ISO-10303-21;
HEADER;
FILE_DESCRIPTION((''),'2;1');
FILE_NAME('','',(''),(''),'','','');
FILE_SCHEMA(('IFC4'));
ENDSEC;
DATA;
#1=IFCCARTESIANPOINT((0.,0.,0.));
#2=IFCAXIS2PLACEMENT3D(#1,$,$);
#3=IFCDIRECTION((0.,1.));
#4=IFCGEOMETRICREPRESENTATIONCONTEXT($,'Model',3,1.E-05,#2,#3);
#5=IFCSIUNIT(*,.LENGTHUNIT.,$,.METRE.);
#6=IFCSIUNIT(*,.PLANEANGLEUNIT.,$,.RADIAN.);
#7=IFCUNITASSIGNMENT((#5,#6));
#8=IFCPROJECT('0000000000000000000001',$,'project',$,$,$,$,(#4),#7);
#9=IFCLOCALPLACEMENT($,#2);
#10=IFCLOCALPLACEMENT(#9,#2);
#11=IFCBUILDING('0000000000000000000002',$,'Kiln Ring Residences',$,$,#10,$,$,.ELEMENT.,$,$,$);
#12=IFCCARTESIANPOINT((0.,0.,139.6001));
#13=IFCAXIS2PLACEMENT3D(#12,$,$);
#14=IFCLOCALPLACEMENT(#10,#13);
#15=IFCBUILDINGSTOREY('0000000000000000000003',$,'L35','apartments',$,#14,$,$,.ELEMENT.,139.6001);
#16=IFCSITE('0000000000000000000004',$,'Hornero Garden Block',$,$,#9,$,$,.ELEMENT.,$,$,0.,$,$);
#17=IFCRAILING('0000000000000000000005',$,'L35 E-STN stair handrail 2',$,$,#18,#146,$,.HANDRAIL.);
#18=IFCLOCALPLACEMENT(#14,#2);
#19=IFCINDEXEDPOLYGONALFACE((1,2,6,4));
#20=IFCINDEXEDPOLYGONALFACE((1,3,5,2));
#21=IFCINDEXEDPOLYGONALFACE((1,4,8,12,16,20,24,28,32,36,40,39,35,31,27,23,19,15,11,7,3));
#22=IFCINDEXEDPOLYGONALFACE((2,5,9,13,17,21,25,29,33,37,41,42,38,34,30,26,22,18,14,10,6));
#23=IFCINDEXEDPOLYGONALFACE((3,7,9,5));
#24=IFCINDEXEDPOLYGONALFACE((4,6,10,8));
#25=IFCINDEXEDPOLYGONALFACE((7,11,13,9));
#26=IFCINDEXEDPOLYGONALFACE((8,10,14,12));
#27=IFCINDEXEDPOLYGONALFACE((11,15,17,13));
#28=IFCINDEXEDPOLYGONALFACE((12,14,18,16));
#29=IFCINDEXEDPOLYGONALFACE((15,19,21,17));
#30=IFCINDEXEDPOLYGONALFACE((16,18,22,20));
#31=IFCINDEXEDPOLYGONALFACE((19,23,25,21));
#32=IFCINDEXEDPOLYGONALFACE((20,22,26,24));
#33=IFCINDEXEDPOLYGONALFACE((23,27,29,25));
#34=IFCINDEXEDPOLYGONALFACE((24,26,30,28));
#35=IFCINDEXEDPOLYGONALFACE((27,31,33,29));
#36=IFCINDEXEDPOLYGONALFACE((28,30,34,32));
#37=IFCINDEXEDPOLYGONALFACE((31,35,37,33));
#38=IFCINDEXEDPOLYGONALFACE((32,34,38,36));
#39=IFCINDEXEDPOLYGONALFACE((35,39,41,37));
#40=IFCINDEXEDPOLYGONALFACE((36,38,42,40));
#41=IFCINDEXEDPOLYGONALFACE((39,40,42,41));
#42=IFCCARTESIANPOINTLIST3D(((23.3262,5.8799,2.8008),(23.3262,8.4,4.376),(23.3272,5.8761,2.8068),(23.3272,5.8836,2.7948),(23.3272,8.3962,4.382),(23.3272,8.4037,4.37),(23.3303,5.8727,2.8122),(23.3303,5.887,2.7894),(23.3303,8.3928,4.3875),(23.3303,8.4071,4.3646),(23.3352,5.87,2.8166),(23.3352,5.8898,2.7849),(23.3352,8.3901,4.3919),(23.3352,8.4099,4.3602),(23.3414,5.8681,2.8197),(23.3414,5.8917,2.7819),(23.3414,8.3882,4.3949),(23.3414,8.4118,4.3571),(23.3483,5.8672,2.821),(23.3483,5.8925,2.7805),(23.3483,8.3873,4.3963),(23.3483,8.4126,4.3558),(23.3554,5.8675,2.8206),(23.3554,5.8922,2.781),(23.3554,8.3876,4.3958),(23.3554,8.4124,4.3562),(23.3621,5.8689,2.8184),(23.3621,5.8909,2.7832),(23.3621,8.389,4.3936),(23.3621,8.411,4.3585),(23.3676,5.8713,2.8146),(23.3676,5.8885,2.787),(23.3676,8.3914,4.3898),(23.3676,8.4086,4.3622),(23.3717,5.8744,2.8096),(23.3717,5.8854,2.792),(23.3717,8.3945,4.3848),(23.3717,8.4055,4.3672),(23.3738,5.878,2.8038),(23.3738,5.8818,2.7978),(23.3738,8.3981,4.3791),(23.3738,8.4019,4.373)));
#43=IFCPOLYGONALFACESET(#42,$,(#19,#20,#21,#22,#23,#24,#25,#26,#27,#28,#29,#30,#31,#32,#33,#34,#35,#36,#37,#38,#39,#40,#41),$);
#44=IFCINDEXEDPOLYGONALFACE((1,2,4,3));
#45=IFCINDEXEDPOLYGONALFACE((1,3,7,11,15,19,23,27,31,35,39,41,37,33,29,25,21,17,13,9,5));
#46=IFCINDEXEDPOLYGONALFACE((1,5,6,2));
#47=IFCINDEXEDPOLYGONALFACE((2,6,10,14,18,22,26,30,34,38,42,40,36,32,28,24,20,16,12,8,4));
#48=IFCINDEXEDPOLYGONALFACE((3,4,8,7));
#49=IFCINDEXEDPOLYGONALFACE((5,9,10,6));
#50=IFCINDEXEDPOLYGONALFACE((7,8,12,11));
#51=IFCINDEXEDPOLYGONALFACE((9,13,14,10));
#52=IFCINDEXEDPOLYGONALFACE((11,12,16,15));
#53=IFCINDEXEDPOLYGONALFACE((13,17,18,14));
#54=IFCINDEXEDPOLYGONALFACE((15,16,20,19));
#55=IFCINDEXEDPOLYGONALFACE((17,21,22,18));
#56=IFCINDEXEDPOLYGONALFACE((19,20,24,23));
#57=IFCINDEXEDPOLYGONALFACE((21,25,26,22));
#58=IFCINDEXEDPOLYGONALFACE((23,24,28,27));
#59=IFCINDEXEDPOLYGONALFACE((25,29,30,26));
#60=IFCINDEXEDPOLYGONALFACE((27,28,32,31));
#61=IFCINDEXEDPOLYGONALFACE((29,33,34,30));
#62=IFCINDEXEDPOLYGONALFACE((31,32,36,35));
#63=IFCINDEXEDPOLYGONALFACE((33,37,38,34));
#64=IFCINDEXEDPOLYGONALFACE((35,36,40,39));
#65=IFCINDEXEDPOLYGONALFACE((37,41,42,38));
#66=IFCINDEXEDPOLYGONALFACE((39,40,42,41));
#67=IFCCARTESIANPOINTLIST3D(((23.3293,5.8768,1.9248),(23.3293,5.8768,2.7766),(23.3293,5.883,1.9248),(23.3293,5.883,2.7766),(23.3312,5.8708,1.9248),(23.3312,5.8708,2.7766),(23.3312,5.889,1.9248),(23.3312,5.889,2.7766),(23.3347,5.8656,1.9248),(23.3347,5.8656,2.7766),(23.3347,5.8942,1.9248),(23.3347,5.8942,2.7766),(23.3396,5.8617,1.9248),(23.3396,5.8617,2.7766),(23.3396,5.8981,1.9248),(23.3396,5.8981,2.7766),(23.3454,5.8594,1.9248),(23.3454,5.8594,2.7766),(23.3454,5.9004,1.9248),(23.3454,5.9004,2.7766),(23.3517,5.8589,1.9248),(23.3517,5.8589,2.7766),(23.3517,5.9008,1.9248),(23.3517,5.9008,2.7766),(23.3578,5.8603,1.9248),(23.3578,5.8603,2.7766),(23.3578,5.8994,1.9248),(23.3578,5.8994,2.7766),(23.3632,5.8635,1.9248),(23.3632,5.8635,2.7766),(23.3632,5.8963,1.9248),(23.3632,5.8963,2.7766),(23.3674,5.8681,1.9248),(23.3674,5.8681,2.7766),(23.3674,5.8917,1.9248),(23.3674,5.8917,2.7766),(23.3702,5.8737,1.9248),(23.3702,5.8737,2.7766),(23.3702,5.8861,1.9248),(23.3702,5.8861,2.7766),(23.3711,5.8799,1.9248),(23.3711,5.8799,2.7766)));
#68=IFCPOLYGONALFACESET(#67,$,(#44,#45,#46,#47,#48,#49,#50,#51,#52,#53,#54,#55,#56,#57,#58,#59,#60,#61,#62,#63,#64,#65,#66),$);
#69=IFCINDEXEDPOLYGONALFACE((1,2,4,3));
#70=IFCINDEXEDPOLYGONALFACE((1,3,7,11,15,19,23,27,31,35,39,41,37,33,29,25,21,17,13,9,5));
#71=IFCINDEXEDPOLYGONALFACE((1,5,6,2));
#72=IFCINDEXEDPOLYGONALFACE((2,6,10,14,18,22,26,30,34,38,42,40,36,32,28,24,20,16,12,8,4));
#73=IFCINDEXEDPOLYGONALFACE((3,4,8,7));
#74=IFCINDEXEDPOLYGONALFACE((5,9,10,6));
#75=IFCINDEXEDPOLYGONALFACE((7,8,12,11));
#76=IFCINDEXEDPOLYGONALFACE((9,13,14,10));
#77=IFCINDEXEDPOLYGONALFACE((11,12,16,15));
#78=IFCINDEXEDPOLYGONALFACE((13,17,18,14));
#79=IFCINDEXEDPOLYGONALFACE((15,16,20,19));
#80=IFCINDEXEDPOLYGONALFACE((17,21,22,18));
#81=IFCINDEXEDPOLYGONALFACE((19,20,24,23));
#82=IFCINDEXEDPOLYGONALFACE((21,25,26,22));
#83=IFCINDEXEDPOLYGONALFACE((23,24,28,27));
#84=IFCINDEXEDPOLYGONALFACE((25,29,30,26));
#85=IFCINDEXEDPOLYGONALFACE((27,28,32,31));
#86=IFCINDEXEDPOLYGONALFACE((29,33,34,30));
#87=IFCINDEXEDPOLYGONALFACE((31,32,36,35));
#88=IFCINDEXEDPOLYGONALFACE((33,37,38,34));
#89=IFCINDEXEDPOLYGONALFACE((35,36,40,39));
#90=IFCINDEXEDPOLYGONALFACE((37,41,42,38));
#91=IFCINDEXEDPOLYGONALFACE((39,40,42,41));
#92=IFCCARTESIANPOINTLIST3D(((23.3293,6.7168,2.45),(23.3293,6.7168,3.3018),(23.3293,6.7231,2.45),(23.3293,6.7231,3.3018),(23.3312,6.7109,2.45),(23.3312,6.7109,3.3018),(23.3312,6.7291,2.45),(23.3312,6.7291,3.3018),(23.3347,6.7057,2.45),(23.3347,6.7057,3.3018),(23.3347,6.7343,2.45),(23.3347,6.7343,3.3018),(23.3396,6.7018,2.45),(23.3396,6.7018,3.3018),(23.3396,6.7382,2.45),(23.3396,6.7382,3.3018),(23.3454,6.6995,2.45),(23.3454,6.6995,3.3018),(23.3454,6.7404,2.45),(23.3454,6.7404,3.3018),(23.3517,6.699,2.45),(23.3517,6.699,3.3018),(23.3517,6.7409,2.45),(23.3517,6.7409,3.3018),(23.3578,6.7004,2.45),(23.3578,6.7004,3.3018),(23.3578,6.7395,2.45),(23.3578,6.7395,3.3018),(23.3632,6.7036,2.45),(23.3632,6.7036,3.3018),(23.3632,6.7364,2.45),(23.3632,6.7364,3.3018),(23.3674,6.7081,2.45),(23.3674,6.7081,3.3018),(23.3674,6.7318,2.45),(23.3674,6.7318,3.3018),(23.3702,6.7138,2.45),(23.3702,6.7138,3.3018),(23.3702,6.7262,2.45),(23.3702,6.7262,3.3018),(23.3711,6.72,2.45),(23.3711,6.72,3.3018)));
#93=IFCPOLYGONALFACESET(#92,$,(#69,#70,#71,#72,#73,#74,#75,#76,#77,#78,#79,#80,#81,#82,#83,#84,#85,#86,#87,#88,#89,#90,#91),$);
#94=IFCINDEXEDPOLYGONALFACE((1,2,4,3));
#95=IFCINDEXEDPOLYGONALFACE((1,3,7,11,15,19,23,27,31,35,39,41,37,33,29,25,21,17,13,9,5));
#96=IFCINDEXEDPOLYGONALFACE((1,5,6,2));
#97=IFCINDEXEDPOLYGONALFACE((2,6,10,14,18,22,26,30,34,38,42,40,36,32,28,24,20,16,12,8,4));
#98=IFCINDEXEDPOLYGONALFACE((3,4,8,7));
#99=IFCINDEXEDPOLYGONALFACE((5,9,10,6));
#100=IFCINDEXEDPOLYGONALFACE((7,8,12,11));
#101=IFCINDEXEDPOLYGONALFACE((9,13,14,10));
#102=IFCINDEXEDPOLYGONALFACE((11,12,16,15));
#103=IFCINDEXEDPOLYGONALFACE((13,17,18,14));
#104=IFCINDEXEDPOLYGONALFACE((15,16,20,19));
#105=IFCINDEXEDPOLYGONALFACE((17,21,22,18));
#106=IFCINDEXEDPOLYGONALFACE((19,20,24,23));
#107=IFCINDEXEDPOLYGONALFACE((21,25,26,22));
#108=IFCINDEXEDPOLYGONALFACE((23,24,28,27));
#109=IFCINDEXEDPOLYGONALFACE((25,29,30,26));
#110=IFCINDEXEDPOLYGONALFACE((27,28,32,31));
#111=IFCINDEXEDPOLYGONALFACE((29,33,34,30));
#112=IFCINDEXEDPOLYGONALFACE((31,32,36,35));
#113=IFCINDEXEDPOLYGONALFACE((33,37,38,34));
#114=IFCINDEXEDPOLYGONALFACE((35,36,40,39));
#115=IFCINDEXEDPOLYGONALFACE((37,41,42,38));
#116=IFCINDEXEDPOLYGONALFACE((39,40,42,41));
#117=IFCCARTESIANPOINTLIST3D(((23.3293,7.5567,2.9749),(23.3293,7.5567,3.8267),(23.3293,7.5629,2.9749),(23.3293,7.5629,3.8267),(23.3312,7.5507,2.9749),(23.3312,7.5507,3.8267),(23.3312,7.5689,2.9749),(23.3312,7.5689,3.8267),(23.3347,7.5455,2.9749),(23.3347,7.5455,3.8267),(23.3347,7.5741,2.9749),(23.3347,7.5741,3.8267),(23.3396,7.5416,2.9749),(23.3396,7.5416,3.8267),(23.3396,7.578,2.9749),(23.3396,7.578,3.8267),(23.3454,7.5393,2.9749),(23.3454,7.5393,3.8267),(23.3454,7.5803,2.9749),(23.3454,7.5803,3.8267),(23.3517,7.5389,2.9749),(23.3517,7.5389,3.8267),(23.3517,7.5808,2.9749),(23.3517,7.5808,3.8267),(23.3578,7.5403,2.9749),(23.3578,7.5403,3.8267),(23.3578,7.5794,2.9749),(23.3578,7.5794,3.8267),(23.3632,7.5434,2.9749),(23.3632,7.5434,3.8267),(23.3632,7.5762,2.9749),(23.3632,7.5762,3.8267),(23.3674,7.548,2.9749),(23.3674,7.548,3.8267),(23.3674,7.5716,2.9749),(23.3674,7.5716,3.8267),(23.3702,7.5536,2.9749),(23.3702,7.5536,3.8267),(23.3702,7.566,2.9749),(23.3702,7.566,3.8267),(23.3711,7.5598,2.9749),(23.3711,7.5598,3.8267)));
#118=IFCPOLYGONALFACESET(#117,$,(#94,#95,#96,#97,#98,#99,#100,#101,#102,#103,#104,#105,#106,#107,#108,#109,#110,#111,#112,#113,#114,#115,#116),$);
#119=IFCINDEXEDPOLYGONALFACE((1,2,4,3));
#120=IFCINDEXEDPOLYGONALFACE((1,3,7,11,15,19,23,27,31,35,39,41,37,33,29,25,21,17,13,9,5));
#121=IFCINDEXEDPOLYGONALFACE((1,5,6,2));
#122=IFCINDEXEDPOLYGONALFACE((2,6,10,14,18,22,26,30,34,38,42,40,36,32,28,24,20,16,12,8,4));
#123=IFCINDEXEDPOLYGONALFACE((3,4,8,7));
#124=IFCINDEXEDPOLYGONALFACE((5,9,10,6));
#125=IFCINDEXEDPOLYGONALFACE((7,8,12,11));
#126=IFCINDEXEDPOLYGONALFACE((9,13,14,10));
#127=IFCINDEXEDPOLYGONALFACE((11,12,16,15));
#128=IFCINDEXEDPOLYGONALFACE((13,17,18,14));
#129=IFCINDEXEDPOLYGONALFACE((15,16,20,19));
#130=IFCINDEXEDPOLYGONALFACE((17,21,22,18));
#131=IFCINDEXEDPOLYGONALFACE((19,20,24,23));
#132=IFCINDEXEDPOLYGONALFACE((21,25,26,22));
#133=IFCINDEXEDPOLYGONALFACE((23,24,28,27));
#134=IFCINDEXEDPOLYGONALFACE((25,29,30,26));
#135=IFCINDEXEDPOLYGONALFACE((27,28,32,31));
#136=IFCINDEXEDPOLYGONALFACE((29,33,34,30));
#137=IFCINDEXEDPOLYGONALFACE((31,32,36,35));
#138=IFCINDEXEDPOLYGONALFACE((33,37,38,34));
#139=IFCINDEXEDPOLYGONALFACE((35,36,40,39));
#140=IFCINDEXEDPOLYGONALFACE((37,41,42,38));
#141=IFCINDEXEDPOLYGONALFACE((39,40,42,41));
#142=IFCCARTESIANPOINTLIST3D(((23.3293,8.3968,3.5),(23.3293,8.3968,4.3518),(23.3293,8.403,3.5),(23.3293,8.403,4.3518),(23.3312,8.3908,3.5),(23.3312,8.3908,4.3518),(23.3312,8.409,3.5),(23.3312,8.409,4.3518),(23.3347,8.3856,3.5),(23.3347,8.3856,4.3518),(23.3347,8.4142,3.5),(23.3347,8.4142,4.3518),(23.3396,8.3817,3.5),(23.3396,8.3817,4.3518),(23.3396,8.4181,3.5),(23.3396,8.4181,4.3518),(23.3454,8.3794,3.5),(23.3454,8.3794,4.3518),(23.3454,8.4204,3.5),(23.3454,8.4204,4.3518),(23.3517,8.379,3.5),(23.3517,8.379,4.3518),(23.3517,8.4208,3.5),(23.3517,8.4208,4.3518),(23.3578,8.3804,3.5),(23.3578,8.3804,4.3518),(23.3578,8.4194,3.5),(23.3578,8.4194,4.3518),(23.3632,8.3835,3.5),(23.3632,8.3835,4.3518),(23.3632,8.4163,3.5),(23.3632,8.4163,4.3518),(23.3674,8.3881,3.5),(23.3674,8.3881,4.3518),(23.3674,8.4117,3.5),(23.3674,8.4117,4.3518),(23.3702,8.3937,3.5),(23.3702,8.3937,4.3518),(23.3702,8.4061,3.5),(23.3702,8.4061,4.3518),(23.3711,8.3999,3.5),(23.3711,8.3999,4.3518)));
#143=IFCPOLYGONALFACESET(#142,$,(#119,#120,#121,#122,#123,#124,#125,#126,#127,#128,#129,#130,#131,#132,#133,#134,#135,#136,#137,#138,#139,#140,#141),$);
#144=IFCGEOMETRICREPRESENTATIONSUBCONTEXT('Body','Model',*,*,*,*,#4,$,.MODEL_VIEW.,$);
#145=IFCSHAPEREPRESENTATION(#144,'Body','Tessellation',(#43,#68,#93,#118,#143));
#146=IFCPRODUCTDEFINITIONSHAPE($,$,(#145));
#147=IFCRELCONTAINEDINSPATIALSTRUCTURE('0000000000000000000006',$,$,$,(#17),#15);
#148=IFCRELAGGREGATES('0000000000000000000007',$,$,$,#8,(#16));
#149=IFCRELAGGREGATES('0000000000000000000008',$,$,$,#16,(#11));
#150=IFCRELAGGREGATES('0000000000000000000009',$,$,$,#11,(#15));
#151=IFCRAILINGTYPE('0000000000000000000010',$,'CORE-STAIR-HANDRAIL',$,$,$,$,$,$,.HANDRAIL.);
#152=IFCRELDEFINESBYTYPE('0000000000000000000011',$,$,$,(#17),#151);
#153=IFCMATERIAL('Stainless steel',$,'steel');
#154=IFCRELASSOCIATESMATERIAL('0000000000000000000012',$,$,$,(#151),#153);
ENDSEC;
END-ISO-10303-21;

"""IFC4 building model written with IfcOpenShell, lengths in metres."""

from ifc_helpers import new_model, si_unit, direction, frame, origin, origin_2d, place, context, subcontext, project, spatial, circle, extrude, material, type_object, element, save


model = new_model("IFC4")

# Units and contexts
model_context = context("Model", 3, precision=1e-05, world=origin(), true_north=direction((0.0, 1.0)))
body_context = subcontext(model_context, "Body", "Model", "MODEL_VIEW")
ifc_project = project(units=[si_unit("LENGTHUNIT", "METRE"), si_unit("PLANEANGLEUNIT", "RADIAN")], contexts=[model_context])

# Site, building, storey
site_placement = place(None, origin())
site = spatial("IfcSite", under=ifc_project, at=site_placement, Name="Hornero Garden Block", CompositionType="ELEMENT", RefElevation=0.0)
building_placement = place(site_placement, origin())
building = spatial("IfcBuilding", under=site, at=building_placement, Name="Kiln Ring Residences", CompositionType="ELEMENT")
storey_placement = place(building_placement, frame((0.0, 0.0, 139.6001)))
storey = spatial("IfcBuildingStorey", under=building, at=storey_placement, Name="L35", Description="apartments", CompositionType="ELEMENT", Elevation=139.6001)

# Railing
ifc_material_1 = material(Name="Stainless steel", Category="steel")
railing_type_1 = type_object("IfcRailingType", Name="CORE-STAIR-HANDRAIL", PredefinedType="HANDRAIL", material=ifc_material_1)
railing_1_placement = place(storey_placement, frame((23.3501, 5.8799, 1.9248)))
element("IfcRailing", 1, at=railing_1_placement, inside=storey, type_object=railing_type_1, Name="L35 E-STN stair handrail 2", PredefinedType="HANDRAIL", context=body_context, shape_type="SweptSolid", body=[
    extrude(circle(Radius=0.0239, at=origin_2d()), frame((0.0, 0.0, 0.876), z_axis=(0.0, 0.847971, 0.530043), x_axis=(-1.0, 0.0, 0.0)), (0.0, 0.0, 1.0), 2.9719),
    extrude(circle(Radius=0.021, at=origin_2d()), origin(), (0.0, 0.0, 1.0), 0.8518),
    extrude(circle(Radius=0.021, at=origin_2d()), frame((0.0, 0.8401, 0.5251)), (0.0, 0.0, 1.0), 0.8518),
    extrude(circle(Radius=0.021, at=origin_2d()), frame((0.0, 1.6799, 1.05)), (0.0, 0.0, 1.0), 0.8518),
    extrude(circle(Radius=0.021, at=origin_2d()), frame((0.0, 2.52, 1.5752)), (0.0, 0.0, 1.0), 0.8518),
])

save(model, "model.ifc")
